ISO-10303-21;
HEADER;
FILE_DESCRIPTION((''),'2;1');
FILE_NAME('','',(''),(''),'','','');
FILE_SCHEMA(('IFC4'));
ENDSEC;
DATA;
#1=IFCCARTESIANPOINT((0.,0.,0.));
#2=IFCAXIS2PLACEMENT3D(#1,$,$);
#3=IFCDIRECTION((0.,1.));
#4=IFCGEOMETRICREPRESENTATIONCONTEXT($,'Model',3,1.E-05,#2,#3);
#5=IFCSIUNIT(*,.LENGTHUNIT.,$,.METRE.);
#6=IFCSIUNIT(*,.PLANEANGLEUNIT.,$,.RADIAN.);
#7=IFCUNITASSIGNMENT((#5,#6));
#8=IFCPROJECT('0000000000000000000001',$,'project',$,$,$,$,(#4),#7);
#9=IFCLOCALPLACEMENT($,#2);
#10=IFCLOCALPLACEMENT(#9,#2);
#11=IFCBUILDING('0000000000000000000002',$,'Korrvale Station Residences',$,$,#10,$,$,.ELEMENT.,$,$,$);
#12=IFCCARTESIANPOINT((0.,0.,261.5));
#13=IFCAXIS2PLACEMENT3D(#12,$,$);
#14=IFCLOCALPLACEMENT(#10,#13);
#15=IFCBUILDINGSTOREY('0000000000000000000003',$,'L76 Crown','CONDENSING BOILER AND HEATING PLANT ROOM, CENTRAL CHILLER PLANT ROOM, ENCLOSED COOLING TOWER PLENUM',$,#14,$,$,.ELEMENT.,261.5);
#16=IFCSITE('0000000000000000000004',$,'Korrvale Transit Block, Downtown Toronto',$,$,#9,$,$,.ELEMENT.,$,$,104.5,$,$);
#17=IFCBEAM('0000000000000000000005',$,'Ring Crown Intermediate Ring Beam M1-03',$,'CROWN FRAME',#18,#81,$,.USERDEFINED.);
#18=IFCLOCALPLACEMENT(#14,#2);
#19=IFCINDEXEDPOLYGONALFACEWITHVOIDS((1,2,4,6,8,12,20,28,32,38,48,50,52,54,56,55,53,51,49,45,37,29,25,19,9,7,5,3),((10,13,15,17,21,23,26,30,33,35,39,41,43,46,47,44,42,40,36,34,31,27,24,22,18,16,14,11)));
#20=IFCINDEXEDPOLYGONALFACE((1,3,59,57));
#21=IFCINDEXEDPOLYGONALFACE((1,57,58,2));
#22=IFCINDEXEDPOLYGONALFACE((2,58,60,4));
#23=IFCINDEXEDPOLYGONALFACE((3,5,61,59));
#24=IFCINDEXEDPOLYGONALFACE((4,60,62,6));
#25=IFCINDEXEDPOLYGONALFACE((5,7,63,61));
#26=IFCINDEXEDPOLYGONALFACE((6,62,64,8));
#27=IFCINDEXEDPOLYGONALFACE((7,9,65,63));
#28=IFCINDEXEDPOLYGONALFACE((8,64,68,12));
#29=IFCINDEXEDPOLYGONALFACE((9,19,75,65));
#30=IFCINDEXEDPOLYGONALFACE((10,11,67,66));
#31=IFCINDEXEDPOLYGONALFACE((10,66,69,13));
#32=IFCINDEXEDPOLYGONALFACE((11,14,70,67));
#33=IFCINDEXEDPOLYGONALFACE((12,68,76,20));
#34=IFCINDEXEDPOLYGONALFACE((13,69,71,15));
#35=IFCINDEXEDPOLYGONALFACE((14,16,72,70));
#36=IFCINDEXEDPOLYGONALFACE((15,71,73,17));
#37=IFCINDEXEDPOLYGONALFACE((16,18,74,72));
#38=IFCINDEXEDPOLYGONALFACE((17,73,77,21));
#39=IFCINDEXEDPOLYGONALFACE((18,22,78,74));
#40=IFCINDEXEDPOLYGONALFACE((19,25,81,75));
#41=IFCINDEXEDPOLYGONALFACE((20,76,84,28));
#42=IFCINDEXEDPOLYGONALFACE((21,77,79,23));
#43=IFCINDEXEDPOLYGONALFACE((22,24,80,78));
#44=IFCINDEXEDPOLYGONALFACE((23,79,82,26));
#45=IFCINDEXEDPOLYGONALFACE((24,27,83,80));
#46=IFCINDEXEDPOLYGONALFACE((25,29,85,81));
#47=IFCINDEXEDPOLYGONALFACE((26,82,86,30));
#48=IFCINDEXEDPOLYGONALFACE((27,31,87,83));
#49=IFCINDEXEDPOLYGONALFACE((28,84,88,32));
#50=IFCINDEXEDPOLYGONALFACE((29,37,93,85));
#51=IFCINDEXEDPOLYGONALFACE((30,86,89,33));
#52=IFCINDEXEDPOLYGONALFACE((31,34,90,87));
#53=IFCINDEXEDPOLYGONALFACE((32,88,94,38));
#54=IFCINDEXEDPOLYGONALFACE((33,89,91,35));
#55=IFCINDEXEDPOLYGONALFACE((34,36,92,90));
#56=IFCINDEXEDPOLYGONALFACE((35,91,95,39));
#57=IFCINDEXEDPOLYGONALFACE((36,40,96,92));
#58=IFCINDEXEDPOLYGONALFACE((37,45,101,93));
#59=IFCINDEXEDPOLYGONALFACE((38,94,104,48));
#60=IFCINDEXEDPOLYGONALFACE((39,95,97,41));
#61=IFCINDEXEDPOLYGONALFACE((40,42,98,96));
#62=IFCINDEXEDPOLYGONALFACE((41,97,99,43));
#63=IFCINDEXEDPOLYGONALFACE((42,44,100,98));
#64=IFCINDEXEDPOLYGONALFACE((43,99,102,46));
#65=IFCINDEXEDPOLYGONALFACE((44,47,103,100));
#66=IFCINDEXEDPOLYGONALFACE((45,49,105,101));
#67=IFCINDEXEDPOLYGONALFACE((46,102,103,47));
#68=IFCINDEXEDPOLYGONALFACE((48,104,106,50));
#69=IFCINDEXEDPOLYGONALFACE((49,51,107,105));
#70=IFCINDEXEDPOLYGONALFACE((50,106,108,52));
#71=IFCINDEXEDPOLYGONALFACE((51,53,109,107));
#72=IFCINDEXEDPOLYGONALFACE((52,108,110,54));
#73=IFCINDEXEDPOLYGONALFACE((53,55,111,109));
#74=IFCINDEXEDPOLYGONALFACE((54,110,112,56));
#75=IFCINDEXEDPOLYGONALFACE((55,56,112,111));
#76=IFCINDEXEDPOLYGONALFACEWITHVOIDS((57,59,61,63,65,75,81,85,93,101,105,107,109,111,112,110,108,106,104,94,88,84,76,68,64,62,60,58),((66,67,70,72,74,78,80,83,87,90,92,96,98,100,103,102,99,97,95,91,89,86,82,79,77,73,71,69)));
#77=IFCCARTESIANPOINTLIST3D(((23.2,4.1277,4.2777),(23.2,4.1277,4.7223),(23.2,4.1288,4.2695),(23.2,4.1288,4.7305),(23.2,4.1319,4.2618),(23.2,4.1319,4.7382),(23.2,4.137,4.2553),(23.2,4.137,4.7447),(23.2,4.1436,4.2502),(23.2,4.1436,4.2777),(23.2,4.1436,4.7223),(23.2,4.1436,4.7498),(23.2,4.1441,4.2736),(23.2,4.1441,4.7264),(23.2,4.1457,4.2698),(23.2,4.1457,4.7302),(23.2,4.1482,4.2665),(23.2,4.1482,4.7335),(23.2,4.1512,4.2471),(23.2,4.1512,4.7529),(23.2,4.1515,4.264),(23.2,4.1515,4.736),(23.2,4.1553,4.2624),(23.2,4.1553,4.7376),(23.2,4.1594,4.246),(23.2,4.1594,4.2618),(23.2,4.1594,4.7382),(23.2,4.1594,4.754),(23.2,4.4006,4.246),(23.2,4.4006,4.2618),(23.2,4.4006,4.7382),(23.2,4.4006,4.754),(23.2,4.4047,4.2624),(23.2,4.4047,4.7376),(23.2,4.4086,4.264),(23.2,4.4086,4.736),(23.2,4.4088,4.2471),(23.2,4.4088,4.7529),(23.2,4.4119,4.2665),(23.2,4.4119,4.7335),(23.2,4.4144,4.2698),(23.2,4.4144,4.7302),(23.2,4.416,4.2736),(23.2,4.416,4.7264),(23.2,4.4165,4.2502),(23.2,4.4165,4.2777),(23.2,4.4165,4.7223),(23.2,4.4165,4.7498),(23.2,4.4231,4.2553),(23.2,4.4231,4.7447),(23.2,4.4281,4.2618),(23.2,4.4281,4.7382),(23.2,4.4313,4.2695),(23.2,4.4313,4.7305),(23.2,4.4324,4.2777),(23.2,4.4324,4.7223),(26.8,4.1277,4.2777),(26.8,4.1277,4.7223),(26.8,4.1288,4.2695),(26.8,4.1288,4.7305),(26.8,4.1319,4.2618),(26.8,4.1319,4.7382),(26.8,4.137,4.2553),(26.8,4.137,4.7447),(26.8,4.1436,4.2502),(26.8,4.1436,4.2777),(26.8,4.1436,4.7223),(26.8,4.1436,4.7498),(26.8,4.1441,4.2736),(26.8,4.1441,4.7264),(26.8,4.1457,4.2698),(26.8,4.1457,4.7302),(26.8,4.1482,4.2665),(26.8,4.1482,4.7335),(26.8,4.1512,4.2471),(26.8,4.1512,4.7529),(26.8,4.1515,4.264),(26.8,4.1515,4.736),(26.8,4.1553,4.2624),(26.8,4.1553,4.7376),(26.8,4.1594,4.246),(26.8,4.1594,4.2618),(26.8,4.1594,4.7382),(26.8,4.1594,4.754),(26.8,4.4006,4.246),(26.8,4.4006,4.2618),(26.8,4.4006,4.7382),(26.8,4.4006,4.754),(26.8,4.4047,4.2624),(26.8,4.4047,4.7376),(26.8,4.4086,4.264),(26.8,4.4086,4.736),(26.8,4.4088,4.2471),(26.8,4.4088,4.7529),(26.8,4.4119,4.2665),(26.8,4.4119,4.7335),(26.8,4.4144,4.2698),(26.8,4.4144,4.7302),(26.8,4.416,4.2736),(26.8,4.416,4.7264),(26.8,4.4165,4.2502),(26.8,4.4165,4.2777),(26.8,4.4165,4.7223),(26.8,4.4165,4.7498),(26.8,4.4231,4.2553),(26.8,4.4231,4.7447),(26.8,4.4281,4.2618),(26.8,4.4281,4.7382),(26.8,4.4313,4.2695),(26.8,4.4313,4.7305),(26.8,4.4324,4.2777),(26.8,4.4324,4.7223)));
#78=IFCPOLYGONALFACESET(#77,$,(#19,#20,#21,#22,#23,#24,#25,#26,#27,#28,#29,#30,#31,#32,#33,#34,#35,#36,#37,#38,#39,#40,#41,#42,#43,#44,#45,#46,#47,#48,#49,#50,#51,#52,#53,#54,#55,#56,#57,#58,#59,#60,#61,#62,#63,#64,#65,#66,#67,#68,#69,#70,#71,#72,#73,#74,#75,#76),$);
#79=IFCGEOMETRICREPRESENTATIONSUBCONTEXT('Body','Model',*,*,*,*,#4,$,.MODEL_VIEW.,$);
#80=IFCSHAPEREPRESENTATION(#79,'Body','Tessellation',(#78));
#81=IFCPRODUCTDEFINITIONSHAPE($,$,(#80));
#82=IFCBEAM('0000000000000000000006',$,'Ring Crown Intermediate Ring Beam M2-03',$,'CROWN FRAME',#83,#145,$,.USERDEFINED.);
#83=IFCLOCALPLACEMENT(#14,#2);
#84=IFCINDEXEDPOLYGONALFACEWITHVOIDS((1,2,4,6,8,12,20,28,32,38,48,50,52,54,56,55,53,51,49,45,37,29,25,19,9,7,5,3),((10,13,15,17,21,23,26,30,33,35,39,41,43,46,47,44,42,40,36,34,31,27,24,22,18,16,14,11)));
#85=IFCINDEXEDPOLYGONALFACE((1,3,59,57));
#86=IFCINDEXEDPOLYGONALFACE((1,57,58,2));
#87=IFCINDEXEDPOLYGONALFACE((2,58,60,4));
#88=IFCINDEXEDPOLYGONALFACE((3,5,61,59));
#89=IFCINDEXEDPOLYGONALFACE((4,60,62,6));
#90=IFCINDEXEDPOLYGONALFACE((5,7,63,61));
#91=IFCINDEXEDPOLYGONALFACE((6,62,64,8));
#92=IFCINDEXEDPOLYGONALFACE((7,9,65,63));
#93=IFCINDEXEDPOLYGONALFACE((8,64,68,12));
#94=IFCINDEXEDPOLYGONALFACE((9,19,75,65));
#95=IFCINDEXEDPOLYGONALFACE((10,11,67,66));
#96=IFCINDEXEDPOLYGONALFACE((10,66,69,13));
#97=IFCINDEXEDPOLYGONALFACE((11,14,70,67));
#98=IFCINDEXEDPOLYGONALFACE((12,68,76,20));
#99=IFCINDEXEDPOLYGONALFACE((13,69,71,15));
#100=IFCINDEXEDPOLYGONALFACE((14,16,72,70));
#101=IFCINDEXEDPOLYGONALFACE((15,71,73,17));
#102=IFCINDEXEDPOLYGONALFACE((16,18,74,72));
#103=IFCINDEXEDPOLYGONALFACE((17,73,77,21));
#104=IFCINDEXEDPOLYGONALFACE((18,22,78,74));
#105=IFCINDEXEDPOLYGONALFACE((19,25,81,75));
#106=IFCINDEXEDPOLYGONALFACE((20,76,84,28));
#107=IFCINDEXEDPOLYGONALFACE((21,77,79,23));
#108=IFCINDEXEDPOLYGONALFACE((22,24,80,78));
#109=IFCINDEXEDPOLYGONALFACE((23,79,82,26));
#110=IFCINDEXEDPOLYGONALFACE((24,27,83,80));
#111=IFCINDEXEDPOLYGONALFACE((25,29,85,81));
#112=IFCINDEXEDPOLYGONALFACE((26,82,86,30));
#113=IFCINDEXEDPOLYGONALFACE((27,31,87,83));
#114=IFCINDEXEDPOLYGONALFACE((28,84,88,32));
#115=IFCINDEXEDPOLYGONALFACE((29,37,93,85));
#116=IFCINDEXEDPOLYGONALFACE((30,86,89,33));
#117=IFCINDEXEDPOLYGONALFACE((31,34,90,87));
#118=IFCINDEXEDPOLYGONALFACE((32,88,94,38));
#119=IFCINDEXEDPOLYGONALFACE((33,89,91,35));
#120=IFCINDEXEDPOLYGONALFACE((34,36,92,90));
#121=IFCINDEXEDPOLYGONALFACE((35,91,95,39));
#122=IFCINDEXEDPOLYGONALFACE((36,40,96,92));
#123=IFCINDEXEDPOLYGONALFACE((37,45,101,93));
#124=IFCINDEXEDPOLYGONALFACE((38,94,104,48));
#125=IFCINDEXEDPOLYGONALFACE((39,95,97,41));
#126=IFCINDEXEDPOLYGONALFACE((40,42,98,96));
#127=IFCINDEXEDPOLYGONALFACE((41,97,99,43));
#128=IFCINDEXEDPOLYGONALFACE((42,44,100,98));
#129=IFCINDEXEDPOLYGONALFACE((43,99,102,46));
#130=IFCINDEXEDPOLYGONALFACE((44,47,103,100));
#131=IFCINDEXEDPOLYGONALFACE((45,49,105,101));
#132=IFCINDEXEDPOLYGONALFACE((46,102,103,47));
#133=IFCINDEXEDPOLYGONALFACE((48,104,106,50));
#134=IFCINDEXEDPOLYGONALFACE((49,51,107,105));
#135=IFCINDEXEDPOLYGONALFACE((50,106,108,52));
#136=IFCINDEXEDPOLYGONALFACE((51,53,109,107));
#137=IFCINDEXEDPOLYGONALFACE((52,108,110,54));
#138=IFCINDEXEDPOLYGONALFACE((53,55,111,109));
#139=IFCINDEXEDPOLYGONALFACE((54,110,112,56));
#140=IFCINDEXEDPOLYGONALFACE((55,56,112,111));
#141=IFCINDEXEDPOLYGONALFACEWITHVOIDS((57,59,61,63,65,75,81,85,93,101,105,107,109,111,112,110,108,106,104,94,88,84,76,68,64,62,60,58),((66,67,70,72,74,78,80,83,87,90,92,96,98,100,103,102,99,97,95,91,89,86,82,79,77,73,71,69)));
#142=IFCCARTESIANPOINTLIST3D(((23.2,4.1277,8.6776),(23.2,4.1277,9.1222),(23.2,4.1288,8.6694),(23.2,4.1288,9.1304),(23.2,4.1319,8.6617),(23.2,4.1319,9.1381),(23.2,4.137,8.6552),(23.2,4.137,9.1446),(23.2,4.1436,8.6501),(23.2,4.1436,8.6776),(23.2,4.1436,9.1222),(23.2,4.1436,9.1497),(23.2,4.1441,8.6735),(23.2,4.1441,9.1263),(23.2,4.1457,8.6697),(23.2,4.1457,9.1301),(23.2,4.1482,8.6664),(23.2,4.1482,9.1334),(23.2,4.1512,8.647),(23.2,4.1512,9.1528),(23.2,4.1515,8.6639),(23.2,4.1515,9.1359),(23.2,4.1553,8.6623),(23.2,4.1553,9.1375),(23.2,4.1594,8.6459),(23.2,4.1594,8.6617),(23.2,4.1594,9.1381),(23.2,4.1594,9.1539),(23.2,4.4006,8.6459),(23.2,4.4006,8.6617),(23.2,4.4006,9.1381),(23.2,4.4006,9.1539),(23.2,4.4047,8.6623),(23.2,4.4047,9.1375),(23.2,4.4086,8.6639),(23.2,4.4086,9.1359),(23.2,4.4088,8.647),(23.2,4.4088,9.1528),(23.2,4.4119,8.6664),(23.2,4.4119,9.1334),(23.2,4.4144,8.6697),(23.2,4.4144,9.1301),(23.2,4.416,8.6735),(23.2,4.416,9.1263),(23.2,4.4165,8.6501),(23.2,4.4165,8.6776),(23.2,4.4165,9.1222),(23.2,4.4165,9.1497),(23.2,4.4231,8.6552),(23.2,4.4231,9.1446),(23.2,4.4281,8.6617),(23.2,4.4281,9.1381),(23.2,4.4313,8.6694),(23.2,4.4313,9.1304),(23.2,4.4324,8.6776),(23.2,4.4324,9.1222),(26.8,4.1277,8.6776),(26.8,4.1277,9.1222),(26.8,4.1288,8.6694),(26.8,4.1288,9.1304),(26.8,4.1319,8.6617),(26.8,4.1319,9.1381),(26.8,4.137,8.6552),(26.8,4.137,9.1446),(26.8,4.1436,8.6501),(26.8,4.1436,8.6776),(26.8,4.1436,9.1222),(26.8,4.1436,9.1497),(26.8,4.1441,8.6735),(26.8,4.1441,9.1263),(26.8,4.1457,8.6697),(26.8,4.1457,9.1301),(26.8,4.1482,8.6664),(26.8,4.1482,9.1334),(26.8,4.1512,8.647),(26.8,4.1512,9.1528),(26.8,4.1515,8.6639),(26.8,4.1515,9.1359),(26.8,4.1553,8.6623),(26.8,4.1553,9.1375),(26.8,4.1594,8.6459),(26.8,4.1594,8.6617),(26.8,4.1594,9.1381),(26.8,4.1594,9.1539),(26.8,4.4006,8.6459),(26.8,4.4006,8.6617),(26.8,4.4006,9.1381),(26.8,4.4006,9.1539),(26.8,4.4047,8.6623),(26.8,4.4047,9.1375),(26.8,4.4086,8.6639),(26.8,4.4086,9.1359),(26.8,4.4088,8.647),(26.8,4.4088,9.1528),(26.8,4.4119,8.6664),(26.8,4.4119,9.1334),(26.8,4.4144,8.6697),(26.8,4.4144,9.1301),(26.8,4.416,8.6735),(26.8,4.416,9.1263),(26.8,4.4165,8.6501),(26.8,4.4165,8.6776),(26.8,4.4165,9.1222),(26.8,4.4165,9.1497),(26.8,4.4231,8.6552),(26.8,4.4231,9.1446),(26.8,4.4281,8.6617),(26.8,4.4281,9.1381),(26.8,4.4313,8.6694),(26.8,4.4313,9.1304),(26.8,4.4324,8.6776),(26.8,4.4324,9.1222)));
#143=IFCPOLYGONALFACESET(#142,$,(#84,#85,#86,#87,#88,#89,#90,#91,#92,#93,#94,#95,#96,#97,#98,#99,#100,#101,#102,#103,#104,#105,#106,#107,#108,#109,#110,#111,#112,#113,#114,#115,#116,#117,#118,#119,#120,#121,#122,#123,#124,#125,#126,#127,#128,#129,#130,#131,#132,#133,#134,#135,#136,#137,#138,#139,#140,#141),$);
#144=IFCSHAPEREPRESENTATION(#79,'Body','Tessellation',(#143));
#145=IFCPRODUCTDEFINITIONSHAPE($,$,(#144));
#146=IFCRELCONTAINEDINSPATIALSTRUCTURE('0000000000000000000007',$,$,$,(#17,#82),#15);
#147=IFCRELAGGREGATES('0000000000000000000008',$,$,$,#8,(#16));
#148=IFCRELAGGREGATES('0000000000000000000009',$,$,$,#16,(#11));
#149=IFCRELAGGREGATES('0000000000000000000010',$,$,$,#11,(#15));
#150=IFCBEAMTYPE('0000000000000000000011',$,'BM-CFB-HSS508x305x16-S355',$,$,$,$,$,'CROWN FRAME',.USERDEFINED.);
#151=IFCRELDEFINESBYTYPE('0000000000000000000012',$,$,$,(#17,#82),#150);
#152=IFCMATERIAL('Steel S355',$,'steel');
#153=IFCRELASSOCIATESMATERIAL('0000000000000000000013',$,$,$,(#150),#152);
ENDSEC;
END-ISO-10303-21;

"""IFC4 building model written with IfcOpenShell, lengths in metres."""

from ifc_helpers import new_model, si_unit, direction, frame, origin, origin_2d, place, context, subcontext, project, spatial, hollow_rectangle, extrude, material, material_profile, profile_set, type_object, element, save


model = new_model("IFC4")

# Units and contexts
model_context = context("Model", 3, precision=1e-05, world=origin(), true_north=direction((0.0, 1.0)))
body_context = subcontext(model_context, "Body", "Model", "MODEL_VIEW")
ifc_project = project(units=[si_unit("LENGTHUNIT", "METRE"), si_unit("PLANEANGLEUNIT", "RADIAN")], contexts=[model_context])

# Site, building, storey
site_placement = place(None, origin())
site = spatial("IfcSite", under=ifc_project, at=site_placement, Name="Korrvale Transit Block, Downtown Toronto", CompositionType="ELEMENT", RefElevation=104.5)
building_placement = place(site_placement, origin())
building = spatial("IfcBuilding", under=site, at=building_placement, Name="Korrvale Station Residences", CompositionType="ELEMENT")
storey_placement = place(building_placement, frame((0.0, 0.0, 261.5)))
storey = spatial("IfcBuildingStorey", under=building, at=storey_placement, Name="L76 Crown", Description="CONDENSING BOILER AND HEATING PLANT ROOM, CENTRAL CHILLER PLANT ROOM, ENCLOSED COOLING TOWER PLENUM", CompositionType="ELEMENT", Elevation=261.5)

# Shared definitions
ifc_material_1 = material(Name="Steel S355", Category="steel")

# Beams
ifc_material_profile_1 = material_profile(ifc_material_1, hollow_rectangle(XDim=0.3047, YDim=0.5081, WallThickness=0.0159, InnerFilletRadius=0.0159, OuterFilletRadius=0.0317, at=origin_2d()), Name="HSS508x305x16")
ifc_profile_set_1 = profile_set([ifc_material_profile_1], Name="Steel S355")
beam_type = type_object("IfcBeamType", Name="BM-CFB-HSS508x305x16-S355", ElementType="CROWN FRAME", PredefinedType="USERDEFINED", material=ifc_profile_set_1)
for number, where, z_axis, x_axis, name in (
    (1, (23.2, 4.28, 4.5), (1.0, 0.0, 0.0), (0.0, 1.0, 0.0), "Ring Crown Intermediate Ring Beam M1-03"),
    (2, (23.2, 4.28, 8.8999), (1.0, 0.0, 0.0), (0.0, 1.0, 0.0), "Ring Crown Intermediate Ring Beam M2-03"),
):
    element("IfcBeam", number, at=place(storey_placement, frame(where, z_axis=z_axis, x_axis=x_axis)), inside=storey, type_object=beam_type, Name=name, ObjectType="CROWN FRAME", PredefinedType="USERDEFINED", context=body_context, shape_type="SweptSolid", body=[
        extrude(hollow_rectangle(XDim=0.3047, YDim=0.5081, WallThickness=0.0159, InnerFilletRadius=0.0159, OuterFilletRadius=0.0317, at=origin_2d()), origin(), (0.0, 0.0, 1.0), 3.6001),
    ])

save(model, "model.ifc")
